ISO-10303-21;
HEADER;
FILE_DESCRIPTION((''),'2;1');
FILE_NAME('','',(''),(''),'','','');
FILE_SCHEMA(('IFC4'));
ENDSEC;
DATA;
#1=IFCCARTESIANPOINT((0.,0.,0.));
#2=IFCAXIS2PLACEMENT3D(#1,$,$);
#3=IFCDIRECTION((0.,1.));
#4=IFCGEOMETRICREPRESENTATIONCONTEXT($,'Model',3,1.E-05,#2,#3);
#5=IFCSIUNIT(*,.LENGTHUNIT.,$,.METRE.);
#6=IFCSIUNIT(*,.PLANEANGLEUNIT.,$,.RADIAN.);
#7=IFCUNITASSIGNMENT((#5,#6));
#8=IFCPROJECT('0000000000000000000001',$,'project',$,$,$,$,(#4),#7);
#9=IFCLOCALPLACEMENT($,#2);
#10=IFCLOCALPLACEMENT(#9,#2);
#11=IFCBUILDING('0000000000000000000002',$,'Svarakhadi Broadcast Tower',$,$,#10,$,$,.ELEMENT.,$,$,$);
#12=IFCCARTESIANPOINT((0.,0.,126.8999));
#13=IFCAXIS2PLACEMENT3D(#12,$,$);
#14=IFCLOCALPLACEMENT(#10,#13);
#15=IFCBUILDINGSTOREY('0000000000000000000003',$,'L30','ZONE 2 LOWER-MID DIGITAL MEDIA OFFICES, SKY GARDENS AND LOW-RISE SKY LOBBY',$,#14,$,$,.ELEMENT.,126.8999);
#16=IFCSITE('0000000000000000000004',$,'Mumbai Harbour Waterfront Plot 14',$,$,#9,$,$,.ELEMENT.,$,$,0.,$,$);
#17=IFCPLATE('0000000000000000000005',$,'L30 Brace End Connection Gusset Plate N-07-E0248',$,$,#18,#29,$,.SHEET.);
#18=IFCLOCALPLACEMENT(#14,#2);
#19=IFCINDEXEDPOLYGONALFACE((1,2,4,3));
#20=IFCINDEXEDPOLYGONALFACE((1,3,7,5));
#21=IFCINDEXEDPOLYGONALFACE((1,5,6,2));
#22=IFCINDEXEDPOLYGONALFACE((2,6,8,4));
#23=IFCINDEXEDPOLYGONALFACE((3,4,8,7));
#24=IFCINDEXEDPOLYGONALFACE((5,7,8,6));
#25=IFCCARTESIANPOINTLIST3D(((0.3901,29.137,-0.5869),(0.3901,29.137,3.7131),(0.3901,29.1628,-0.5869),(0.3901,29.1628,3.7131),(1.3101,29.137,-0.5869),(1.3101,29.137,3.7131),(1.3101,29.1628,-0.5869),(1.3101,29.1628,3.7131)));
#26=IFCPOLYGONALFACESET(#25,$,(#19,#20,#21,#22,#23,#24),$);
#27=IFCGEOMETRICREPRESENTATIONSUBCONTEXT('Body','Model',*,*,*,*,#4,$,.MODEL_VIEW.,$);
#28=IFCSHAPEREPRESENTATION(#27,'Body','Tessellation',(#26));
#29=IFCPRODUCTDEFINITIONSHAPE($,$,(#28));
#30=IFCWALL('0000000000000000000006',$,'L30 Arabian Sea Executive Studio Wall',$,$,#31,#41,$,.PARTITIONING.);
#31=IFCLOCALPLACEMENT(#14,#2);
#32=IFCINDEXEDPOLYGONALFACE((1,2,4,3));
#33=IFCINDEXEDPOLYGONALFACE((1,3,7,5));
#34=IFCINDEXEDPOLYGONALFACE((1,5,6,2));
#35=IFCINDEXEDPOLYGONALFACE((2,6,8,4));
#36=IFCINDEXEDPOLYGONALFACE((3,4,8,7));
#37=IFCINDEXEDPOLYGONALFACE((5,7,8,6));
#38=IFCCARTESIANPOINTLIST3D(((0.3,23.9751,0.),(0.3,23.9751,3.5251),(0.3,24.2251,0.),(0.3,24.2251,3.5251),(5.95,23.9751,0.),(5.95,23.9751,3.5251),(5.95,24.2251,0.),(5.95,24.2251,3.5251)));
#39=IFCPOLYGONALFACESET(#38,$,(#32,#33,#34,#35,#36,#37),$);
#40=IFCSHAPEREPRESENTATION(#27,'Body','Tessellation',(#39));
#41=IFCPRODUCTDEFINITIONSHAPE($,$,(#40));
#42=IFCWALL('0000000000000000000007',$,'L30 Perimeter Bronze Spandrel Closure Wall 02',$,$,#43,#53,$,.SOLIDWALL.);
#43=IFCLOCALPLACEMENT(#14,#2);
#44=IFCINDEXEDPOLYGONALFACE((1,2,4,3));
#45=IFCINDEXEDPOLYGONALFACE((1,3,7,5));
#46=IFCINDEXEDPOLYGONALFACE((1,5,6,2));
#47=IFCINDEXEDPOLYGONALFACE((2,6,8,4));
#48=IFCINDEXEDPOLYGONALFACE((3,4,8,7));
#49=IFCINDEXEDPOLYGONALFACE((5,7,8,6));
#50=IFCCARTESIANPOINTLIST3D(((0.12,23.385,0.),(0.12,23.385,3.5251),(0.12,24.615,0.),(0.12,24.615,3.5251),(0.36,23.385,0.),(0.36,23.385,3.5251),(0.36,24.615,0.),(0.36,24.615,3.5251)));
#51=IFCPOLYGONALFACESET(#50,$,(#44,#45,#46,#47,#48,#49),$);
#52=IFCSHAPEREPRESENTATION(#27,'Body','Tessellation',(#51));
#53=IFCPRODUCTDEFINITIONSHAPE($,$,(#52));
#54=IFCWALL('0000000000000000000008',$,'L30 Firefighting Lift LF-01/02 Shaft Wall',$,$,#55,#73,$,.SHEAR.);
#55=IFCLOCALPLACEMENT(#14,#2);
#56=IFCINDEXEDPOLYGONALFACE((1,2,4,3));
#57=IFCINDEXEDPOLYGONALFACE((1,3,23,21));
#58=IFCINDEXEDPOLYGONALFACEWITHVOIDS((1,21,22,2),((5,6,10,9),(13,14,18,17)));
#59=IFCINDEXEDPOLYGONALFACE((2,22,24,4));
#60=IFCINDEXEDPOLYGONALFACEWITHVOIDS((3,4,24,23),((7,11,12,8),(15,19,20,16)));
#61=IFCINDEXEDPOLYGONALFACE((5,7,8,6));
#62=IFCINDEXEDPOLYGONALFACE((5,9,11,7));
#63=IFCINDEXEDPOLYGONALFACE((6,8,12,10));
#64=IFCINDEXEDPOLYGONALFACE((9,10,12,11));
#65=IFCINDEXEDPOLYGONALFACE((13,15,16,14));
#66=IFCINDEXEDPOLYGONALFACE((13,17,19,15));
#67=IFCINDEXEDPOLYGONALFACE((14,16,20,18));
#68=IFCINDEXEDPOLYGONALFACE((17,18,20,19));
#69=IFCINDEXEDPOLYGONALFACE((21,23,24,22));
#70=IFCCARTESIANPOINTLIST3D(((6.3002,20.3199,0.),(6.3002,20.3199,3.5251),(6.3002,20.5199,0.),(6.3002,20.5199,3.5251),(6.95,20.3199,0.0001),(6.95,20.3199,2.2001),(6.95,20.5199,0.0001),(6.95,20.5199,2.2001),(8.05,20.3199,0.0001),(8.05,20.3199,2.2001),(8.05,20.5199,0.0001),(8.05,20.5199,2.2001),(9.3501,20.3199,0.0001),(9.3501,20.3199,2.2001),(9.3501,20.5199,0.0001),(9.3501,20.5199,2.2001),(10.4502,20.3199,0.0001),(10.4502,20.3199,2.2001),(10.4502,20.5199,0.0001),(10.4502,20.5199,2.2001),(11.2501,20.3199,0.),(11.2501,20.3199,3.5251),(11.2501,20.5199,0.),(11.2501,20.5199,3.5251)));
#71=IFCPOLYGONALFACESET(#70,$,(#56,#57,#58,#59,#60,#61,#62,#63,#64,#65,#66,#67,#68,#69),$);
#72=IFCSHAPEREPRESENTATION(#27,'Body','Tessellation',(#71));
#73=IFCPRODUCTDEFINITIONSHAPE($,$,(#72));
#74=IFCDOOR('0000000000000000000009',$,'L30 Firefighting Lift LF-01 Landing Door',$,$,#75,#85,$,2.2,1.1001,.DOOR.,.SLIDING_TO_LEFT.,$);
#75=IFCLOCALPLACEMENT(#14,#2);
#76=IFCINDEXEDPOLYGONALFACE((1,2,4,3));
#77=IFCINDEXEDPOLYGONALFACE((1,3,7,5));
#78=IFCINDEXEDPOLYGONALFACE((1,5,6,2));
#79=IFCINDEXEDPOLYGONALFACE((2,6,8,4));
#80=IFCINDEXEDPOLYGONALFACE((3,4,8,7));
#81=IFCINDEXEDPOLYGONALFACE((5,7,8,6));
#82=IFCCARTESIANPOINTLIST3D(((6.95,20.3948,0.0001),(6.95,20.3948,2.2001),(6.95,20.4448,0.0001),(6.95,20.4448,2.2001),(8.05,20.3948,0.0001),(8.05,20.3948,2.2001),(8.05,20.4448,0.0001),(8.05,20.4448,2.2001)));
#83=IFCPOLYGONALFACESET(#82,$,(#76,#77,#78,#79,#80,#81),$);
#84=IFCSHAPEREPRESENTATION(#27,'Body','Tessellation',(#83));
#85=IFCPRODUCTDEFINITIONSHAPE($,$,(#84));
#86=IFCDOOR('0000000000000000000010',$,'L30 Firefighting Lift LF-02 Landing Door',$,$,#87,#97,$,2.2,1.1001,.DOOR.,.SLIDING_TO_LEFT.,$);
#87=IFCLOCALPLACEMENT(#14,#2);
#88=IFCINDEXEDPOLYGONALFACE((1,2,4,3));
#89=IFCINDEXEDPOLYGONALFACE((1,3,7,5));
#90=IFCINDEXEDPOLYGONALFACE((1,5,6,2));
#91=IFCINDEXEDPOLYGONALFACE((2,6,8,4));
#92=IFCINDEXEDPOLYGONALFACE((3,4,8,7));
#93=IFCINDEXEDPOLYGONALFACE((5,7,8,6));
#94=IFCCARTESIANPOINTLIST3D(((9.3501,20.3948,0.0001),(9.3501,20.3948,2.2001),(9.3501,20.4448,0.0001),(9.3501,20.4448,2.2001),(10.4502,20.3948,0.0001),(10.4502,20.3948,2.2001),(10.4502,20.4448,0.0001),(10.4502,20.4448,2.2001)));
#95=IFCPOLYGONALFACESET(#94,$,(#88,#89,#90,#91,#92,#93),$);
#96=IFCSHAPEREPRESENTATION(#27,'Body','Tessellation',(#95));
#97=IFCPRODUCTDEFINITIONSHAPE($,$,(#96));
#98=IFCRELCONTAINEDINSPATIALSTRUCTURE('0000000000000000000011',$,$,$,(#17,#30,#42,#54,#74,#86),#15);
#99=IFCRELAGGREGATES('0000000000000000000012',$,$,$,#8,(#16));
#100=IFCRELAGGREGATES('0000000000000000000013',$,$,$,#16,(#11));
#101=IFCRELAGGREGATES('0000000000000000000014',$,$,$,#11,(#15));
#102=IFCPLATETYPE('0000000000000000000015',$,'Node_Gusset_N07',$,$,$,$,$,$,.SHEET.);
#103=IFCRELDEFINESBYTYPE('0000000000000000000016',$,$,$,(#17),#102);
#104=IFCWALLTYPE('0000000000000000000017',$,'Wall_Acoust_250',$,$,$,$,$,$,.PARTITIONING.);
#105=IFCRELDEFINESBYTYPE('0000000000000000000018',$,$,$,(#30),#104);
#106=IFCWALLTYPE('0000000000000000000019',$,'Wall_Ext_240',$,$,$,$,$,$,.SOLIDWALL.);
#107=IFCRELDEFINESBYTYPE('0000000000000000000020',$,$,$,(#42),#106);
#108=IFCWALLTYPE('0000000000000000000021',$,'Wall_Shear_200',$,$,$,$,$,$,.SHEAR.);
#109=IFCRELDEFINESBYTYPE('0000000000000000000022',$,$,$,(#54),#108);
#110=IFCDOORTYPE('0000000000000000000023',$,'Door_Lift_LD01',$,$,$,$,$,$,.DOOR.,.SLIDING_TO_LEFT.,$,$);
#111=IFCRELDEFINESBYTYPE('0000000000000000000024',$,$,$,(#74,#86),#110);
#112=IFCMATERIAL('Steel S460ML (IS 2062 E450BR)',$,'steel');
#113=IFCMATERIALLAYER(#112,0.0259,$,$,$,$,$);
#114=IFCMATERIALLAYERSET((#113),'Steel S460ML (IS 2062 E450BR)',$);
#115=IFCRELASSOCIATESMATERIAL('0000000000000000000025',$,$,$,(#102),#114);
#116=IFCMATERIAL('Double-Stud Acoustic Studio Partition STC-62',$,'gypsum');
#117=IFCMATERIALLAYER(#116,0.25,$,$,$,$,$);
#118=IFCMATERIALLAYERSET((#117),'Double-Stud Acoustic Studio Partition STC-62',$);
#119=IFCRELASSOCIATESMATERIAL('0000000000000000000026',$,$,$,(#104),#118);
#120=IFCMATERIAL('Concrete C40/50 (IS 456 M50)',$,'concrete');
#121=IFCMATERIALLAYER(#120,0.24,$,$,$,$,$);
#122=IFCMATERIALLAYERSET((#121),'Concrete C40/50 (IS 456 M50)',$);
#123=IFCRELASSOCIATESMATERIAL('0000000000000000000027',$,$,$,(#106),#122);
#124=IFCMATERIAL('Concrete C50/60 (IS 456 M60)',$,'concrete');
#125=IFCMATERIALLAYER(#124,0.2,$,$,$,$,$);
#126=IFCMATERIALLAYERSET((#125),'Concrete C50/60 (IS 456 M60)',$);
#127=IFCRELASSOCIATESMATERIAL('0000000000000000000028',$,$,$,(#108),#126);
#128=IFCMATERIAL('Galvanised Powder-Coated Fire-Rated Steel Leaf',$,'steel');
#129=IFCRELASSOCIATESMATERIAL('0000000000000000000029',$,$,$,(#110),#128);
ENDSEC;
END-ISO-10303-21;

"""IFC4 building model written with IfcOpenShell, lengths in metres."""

from ifc_helpers import new_model, si_unit, direction, frame, frame_2d, origin, origin_2d, place, context, subcontext, project, spatial, rectangle, extrude, material, layer, layer_set, type_object, element, fill, save


model = new_model("IFC4")

# Units and contexts
model_context = context("Model", 3, precision=1e-05, world=origin(), true_north=direction((0.0, 1.0)))
body_context = subcontext(model_context, "Body", "Model", "MODEL_VIEW")
ifc_project = project(units=[si_unit("LENGTHUNIT", "METRE"), si_unit("PLANEANGLEUNIT", "RADIAN")], contexts=[model_context])

# Site, building, storey
site_placement = place(None, origin())
site = spatial("IfcSite", under=ifc_project, at=site_placement, Name="Mumbai Harbour Waterfront Plot 14", CompositionType="ELEMENT", RefElevation=0.0)
building_placement = place(site_placement, origin())
building = spatial("IfcBuilding", under=site, at=building_placement, Name="Svarakhadi Broadcast Tower", CompositionType="ELEMENT")
storey_placement = place(building_placement, frame((0.0, 0.0, 126.8999)))
storey = spatial("IfcBuildingStorey", under=building, at=storey_placement, Name="L30", Description="ZONE 2 LOWER-MID DIGITAL MEDIA OFFICES, SKY GARDENS AND LOW-RISE SKY LOBBY", CompositionType="ELEMENT", Elevation=126.8999)

# Shared definitions
ifc_material_1 = material(Name="Concrete C50/60 (IS 456 M60)", Category="concrete")
ifc_material_2 = material(Name="Steel S460ML (IS 2062 E450BR)", Category="steel")

# Plate
ifc_layer_1 = layer(ifc_material_2, 0.0259)
ifc_layer_set_1 = layer_set([ifc_layer_1], Name="Steel S460ML (IS 2062 E450BR)")
plate_type_1 = type_object("IfcPlateType", Name="Node_Gusset_N07", PredefinedType="SHEET", material=ifc_layer_set_1)
plate_1_placement = place(storey_placement, frame((0.8501, 29.1499, -0.5869), z_axis=(0.0, 0.0, 1.0), x_axis=(1.0, 0.0, 0.0)))
element("IfcPlate", 1, at=plate_1_placement, inside=storey, type_object=plate_type_1, Name="L30 Brace End Connection Gusset Plate N-07-E0248", PredefinedType="SHEET", context=body_context, shape_type="SweptSolid", body=[
    extrude(rectangle(XDim=0.9199, YDim=0.0259, at=origin_2d()), origin(), (0.0, 0.0, 1.0), 4.3),
])

# Walls
ifc_material_3 = material(Name="Double-Stud Acoustic Studio Partition STC-62", Category="gypsum")
ifc_layer_2 = layer(ifc_material_3, 0.25)
ifc_layer_set_2 = layer_set([ifc_layer_2], Name="Double-Stud Acoustic Studio Partition STC-62")
wall_type_1 = type_object("IfcWallType", Name="Wall_Acoust_250", PredefinedType="PARTITIONING", material=ifc_layer_set_2)
wall_1_placement = place(storey_placement, frame((0.3, 24.1001, 0.0), z_axis=(0.0, 0.0, 1.0), x_axis=(1.0, 0.0, 0.0)))
element("IfcWall", 2, at=wall_1_placement, inside=storey, type_object=wall_type_1, Name="L30 Arabian Sea Executive Studio Wall", PredefinedType="PARTITIONING", context=body_context, shape_type="SweptSolid", body=[
    extrude(rectangle(XDim=5.6499, YDim=0.25, at=frame_2d((2.825, 0.0))), origin(), (0.0, 0.0, 1.0), 3.5251),
])
ifc_material_4 = material(Name="Concrete C40/50 (IS 456 M50)", Category="concrete")
ifc_layer_3 = layer(ifc_material_4, 0.24)
ifc_layer_set_3 = layer_set([ifc_layer_3], Name="Concrete C40/50 (IS 456 M50)")
wall_type_2 = type_object("IfcWallType", Name="Wall_Ext_240", PredefinedType="SOLIDWALL", material=ifc_layer_set_3)
wall_2_placement = place(storey_placement, frame((0.24, 23.385, 0.0), z_axis=(0.0, 0.0, 1.0), x_axis=(0.0, 1.0, 0.0)))
element("IfcWall", 3, at=wall_2_placement, inside=storey, type_object=wall_type_2, Name="L30 Perimeter Bronze Spandrel Closure Wall 02", PredefinedType="SOLIDWALL", context=body_context, shape_type="SweptSolid", body=[
    extrude(rectangle(XDim=1.23, YDim=0.24, at=frame_2d((0.615, 0.0))), origin(), (0.0, 0.0, 1.0), 3.5251),
])

# Wall, openings, doors
ifc_layer_4 = layer(ifc_material_1, 0.2)
ifc_layer_set_4 = layer_set([ifc_layer_4], Name="Concrete C50/60 (IS 456 M60)")
wall_type_3 = type_object("IfcWallType", Name="Wall_Shear_200", PredefinedType="SHEAR", material=ifc_layer_set_4)
wall_3_placement = place(storey_placement, frame((6.3, 20.4199, 0.0), z_axis=(0.0, 0.0, 1.0), x_axis=(1.0, 0.0, 0.0)))
wall_3 = element("IfcWall", 4, at=wall_3_placement, inside=storey, type_object=wall_type_3, Name="L30 Firefighting Lift LF-01/02 Shaft Wall", PredefinedType="SHEAR", context=body_context, shape_type="SweptSolid", body=[
    extrude(rectangle(XDim=4.95, YDim=0.2, at=frame_2d((2.4751, 0.0))), origin(), (0.0, 0.0, 1.0), 3.5251),
])
opening_1_placement = place(wall_3_placement, frame((0.6499, 0.0, 0.0)))
opening_1 = element("IfcOpeningElement", 5, at=opening_1_placement, cuts=wall_3, PredefinedType="OPENING", context=body_context, shape_type="SweptSolid", body=[
    extrude(rectangle(XDim=1.1001, YDim=2.2, at=frame_2d((0.55, 1.1001))), frame((0.0, 0.1099, 0.0), z_axis=(0.0, -1.0, 0.0), x_axis=(1.0, 0.0, 0.0)), (0.0, 0.0, 1.0), 0.22),
])
opening_2_placement = place(wall_3_placement, frame((3.05, 0.0, 0.0)))
opening_2 = element("IfcOpeningElement", 6, at=opening_2_placement, cuts=wall_3, PredefinedType="OPENING", context=body_context, shape_type="SweptSolid", body=[
    extrude(rectangle(XDim=1.1001, YDim=2.2, at=frame_2d((0.55, 1.1001))), frame((0.0, 0.1099, 0.0), z_axis=(0.0, -1.0, 0.0), x_axis=(1.0, 0.0, 0.0)), (0.0, 0.0, 1.0), 0.22),
])
ifc_material_5 = material(Name="Galvanised Powder-Coated Fire-Rated Steel Leaf", Category="steel")
door_type_1 = type_object("IfcDoorType", Name="Door_Lift_LD01", OperationType="SLIDING_TO_LEFT", PredefinedType="DOOR", material=ifc_material_5)
door_1_placement = place(opening_1_placement, origin())
door_1 = element("IfcDoor", 7, at=door_1_placement, inside=storey, type_object=door_type_1, Name="L30 Firefighting Lift LF-01 Landing Door", OperationType="SLIDING_TO_LEFT", OverallHeight=2.2, OverallWidth=1.1001, PredefinedType="DOOR", context=body_context, shape_type="SweptSolid", body=[
    extrude(rectangle(XDim=1.1001, YDim=2.2, at=frame_2d((0.55, 1.1001))), frame((0.0, 0.0249, 0.0), z_axis=(0.0, -1.0, 0.0), x_axis=(1.0, 0.0, 0.0)), (0.0, 0.0, 1.0), 0.05),
])
fill(opening_1, door_1)
door_2_placement = place(opening_2_placement, origin())
door_2 = element("IfcDoor", 8, at=door_2_placement, inside=storey, type_object=door_type_1, Name="L30 Firefighting Lift LF-02 Landing Door", OperationType="SLIDING_TO_LEFT", OverallHeight=2.2, OverallWidth=1.1001, PredefinedType="DOOR", context=body_context, shape_type="SweptSolid", body=[
    extrude(rectangle(XDim=1.1001, YDim=2.2, at=frame_2d((0.55, 1.1001))), frame((0.0, 0.0249, 0.0), z_axis=(0.0, -1.0, 0.0), x_axis=(1.0, 0.0, 0.0)), (0.0, 0.0, 1.0), 0.05),
])
fill(opening_2, door_2)

save(model, "model.ifc")
